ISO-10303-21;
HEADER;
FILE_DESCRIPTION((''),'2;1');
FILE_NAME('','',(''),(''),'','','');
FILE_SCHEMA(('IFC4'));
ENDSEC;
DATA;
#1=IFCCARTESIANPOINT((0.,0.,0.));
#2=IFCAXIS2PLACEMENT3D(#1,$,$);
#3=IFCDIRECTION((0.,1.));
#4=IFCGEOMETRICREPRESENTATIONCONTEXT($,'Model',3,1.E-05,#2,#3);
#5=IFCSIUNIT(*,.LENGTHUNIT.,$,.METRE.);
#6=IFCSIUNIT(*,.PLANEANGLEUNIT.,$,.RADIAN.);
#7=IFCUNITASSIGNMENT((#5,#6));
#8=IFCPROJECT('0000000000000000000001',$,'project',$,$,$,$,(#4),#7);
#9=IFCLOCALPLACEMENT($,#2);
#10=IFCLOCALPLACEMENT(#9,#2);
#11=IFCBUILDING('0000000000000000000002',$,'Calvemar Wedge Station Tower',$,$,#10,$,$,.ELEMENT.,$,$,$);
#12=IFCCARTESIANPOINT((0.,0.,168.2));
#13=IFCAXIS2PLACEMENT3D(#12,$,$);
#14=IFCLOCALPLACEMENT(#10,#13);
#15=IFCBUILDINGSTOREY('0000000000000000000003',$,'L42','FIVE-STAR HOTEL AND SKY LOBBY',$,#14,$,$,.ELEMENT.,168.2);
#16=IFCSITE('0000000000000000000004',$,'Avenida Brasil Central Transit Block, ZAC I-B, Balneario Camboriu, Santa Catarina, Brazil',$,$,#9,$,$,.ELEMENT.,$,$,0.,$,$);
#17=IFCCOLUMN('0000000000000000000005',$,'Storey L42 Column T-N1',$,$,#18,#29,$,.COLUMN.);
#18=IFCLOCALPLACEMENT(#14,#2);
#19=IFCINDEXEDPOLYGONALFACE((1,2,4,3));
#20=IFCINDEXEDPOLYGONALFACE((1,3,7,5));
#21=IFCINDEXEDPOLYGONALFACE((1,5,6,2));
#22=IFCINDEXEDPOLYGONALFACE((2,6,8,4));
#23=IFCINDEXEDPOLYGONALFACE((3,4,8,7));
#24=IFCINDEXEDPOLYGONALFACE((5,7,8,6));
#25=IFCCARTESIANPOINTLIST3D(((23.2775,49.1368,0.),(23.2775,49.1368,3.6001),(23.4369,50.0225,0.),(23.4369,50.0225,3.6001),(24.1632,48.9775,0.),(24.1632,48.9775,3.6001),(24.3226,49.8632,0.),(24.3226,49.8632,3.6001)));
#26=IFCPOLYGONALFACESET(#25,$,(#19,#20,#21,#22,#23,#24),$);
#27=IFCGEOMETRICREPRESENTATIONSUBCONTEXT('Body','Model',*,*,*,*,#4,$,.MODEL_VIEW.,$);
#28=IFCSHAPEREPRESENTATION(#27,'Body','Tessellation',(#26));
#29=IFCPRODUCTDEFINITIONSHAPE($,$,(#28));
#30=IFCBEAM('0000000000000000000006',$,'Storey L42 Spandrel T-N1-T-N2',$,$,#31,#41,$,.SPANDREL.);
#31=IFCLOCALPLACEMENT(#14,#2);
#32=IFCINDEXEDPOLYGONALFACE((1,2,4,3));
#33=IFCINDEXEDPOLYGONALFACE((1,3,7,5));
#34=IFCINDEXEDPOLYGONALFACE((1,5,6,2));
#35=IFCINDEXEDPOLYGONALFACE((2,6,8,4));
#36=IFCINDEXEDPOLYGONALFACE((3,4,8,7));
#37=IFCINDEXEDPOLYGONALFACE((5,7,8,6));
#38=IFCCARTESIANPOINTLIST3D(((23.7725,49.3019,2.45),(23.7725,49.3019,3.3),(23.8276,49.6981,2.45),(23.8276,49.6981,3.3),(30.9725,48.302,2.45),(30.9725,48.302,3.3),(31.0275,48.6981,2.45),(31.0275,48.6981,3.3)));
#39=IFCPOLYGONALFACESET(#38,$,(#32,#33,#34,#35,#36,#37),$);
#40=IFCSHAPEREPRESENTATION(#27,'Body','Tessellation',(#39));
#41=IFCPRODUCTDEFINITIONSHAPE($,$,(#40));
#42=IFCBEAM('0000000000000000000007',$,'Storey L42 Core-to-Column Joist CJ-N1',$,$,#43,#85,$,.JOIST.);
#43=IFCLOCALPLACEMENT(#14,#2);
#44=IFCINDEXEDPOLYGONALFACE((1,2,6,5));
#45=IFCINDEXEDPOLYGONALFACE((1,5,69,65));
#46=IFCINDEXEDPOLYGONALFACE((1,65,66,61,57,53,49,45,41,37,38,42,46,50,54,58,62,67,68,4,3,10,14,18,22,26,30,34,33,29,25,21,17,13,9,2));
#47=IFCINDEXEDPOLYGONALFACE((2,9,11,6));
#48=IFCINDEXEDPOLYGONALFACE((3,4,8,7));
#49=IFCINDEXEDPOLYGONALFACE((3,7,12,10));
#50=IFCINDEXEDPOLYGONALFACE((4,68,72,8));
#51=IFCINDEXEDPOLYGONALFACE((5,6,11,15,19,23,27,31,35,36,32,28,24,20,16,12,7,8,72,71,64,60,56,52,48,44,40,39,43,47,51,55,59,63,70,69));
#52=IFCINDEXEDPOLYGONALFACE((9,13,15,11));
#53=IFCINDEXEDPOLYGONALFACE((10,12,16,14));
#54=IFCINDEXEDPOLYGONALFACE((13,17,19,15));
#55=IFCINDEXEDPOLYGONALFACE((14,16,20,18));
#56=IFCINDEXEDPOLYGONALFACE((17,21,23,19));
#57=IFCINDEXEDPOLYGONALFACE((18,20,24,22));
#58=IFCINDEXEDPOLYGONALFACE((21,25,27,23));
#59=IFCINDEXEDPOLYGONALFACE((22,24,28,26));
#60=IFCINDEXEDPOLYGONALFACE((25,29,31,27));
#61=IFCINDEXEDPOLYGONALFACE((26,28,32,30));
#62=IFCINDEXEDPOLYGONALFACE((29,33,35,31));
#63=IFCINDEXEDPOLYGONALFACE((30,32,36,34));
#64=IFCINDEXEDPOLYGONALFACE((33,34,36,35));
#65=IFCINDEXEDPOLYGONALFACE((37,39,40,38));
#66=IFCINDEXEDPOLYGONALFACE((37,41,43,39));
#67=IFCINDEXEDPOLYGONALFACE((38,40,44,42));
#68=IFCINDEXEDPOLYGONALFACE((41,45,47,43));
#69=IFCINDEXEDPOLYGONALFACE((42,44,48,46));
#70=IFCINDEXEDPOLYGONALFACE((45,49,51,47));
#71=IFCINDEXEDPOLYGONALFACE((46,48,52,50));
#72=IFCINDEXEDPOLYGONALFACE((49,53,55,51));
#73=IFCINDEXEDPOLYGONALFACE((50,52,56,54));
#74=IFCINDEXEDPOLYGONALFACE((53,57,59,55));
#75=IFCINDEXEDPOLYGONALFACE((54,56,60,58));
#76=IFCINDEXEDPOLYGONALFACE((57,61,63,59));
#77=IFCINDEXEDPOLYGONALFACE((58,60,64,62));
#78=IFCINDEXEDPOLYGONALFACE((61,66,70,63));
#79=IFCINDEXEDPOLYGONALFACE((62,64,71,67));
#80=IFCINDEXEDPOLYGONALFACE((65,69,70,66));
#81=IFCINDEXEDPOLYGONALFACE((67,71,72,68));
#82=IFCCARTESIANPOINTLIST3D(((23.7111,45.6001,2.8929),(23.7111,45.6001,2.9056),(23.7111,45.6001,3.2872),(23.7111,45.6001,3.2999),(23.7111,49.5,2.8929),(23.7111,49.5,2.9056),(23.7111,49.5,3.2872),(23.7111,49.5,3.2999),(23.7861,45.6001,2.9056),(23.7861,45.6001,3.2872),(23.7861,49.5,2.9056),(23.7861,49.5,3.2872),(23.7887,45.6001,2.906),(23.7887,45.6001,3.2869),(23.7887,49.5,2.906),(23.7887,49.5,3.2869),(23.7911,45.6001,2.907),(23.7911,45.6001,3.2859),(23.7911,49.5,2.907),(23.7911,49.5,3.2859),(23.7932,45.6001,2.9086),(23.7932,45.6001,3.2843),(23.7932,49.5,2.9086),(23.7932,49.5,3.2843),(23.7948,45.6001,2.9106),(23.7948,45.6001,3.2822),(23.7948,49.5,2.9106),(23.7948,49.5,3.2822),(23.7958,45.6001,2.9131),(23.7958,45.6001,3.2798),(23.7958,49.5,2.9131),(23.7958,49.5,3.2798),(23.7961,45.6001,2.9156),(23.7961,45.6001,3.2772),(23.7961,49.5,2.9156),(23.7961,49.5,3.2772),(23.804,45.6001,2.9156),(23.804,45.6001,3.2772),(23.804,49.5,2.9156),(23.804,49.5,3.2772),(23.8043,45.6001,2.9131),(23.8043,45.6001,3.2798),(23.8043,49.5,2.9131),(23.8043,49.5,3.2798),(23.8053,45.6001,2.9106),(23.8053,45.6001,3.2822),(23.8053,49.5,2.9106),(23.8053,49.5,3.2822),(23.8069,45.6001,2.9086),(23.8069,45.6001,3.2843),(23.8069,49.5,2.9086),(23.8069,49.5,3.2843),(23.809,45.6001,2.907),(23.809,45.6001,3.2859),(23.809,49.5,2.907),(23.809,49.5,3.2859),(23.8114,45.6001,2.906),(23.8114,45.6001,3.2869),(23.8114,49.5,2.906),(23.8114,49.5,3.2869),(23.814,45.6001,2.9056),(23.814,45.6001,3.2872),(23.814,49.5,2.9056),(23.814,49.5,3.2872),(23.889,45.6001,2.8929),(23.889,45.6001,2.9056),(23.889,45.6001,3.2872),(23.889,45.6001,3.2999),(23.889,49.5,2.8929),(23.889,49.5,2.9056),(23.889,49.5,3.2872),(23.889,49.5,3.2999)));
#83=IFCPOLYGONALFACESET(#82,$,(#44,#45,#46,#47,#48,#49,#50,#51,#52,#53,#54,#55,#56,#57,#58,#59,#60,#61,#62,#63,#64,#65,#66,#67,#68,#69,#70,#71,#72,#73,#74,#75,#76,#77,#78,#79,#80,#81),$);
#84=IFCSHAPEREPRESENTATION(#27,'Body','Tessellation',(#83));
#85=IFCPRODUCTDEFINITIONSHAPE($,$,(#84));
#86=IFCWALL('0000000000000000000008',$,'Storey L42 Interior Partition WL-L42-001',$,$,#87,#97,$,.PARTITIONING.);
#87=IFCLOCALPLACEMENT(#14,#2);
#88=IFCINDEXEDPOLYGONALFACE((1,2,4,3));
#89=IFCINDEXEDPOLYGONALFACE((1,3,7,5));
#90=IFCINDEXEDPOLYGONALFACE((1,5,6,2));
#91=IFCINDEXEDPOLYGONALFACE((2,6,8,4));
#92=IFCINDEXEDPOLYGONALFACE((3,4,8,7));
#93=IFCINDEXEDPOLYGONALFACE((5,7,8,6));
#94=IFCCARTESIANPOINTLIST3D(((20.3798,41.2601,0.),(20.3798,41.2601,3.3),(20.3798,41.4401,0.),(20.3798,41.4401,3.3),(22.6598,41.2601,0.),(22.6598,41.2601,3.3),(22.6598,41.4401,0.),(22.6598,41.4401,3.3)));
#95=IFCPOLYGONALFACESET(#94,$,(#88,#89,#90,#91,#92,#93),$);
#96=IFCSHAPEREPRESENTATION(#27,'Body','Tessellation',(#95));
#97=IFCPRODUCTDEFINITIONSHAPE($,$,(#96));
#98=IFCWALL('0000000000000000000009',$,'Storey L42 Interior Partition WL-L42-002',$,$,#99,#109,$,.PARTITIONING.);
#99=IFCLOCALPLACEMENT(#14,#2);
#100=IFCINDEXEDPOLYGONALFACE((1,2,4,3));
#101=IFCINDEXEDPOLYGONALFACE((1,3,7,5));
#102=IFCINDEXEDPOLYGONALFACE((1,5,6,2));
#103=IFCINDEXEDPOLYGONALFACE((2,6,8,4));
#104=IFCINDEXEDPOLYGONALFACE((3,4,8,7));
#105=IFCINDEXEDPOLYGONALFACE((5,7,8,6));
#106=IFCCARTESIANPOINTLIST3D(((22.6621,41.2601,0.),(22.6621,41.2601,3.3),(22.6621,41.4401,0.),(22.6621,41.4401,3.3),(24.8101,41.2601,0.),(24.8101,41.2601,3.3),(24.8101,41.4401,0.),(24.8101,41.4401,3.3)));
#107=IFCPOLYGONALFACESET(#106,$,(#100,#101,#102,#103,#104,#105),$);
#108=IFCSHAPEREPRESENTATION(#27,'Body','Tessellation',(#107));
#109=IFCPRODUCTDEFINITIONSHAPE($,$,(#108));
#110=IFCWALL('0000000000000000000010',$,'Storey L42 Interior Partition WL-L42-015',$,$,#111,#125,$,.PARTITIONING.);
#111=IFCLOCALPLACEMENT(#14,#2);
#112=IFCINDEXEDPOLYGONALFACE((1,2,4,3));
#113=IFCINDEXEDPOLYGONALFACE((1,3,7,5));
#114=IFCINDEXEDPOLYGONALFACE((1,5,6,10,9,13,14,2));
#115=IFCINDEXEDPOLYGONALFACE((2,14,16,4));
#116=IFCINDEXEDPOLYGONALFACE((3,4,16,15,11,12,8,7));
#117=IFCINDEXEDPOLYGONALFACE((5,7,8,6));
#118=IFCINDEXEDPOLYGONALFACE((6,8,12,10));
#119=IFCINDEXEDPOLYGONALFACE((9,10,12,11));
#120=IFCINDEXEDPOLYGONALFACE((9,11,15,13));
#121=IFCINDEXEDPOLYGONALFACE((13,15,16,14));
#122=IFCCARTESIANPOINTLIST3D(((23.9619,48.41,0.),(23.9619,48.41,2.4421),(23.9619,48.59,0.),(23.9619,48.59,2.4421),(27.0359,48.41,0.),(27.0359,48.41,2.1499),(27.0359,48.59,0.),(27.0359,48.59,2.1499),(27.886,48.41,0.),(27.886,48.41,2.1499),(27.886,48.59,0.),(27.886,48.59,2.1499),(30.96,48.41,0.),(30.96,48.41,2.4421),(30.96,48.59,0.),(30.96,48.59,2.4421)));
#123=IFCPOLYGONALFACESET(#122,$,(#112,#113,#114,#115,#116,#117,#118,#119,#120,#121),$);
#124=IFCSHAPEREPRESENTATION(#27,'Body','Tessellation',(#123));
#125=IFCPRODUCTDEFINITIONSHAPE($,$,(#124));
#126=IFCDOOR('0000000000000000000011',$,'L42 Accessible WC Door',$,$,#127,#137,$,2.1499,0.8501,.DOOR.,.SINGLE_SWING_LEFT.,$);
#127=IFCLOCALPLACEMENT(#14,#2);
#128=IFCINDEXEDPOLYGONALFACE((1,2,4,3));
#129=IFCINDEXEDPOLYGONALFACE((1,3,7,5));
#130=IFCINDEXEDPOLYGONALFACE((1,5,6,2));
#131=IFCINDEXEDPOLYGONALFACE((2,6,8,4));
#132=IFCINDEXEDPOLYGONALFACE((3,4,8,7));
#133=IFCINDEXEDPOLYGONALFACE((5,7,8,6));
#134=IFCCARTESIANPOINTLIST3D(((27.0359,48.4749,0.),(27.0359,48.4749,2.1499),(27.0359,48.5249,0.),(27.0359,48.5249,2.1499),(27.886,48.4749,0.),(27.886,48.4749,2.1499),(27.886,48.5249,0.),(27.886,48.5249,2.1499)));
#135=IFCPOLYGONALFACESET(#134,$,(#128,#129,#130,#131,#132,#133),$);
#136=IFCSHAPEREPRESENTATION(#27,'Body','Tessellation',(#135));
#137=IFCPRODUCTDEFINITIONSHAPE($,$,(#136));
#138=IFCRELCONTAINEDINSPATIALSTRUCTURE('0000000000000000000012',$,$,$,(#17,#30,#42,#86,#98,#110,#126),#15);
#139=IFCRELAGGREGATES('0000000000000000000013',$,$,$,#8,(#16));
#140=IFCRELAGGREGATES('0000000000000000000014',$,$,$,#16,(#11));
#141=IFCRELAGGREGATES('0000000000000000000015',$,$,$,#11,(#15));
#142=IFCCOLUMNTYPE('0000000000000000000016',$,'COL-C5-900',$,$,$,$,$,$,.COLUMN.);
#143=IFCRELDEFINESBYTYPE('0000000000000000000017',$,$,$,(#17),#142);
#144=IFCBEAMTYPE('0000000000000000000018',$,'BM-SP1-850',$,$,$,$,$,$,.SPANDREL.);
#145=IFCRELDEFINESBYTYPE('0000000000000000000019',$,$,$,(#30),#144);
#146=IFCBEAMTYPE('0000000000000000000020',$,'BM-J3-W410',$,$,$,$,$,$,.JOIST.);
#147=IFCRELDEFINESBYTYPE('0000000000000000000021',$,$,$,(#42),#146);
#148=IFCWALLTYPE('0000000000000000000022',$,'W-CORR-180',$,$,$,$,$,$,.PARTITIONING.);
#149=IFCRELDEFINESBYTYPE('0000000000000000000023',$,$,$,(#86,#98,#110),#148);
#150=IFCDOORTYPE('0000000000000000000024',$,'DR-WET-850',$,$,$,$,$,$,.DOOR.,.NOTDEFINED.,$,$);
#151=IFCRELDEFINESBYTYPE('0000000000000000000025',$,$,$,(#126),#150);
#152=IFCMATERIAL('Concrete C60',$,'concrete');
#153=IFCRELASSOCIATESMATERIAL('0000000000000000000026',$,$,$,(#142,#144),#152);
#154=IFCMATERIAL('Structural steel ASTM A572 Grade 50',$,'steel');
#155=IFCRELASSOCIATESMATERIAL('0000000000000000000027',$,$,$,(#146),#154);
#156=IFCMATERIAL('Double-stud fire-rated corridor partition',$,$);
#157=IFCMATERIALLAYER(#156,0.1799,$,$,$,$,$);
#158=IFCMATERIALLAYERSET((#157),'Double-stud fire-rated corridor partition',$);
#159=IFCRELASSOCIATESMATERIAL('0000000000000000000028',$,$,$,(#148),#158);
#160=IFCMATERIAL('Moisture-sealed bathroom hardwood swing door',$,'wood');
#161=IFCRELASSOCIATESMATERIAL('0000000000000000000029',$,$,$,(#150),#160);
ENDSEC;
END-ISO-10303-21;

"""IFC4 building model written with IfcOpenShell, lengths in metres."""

from ifc_helpers import new_model, si_unit, direction, frame, frame_2d, origin, origin_2d, place, context, subcontext, project, spatial, rectangle, i_section, extrude, source, transform, mapped, material, layer, layer_set, material_profile, profile_set, type_object, element, fill, save


model = new_model("IFC4")

# Units and contexts
model_context = context("Model", 3, precision=1e-05, world=origin(), true_north=direction((0.0, 1.0)))
body_context = subcontext(model_context, "Body", "Model", "MODEL_VIEW")
ifc_project = project(units=[si_unit("LENGTHUNIT", "METRE"), si_unit("PLANEANGLEUNIT", "RADIAN")], contexts=[model_context])

# Site, building, storey
site_placement = place(None, origin())
site = spatial("IfcSite", under=ifc_project, at=site_placement, Name="Avenida Brasil Central Transit Block, ZAC I-B, Balneario Camboriu, Santa Catarina, Brazil", CompositionType="ELEMENT", RefElevation=0.0)
building_placement = place(site_placement, origin())
building = spatial("IfcBuilding", under=site, at=building_placement, Name="Calvemar Wedge Station Tower", CompositionType="ELEMENT")
storey_placement = place(building_placement, frame((0.0, 0.0, 168.2)))
storey = spatial("IfcBuildingStorey", under=building, at=storey_placement, Name="L42", Description="FIVE-STAR HOTEL AND SKY LOBBY", CompositionType="ELEMENT", Elevation=168.2)

# Column
ifc_material_1 = material(Name="Concrete C60", Category="concrete")
ifc_material_profile_1 = material_profile(ifc_material_1, rectangle(XDim=0.8999, YDim=0.8999, at=origin_2d()), Name="RC900x900")
ifc_profile_set_1 = profile_set([ifc_material_profile_1], Name="Concrete C60")
column_type = type_object("IfcColumnType", Name="COL-C5-900", PredefinedType="COLUMN", material=ifc_profile_set_1)
shared_shape_1 = source(origin(), body_context, "Body", "SweptSolid", [
    extrude(rectangle(XDim=0.8999, YDim=0.8999, at=origin_2d()), origin(), (0.0, 0.0, 1.0), 3.6001),
])
column_placement = place(storey_placement, frame((23.8, 49.5, 0.0), z_axis=(0.0, 0.0, 1.0), x_axis=(0.984196, -0.177085, 0.0)))
element("IfcColumn", 1, at=column_placement, inside=storey, type_object=column_type, Name="Storey L42 Column T-N1", PredefinedType="COLUMN", context=body_context, shape_type="MappedRepresentation", body=[
    mapped(shared_shape_1, transform((0.0, 0.0, 0.0), scale=1.0)),
])

# Beams
ifc_material_profile_2 = material_profile(ifc_material_1, rectangle(XDim=0.3999, YDim=0.8501, at=origin_2d()), Name="RC400x850")
ifc_profile_set_2 = profile_set([ifc_material_profile_2], Name="Concrete C60")
beam_type_1 = type_object("IfcBeamType", Name="BM-SP1-850", PredefinedType="SPANDREL", material=ifc_profile_set_2)
shared_shape_2 = source(origin(), body_context, "Body", "SweptSolid", [
    extrude(rectangle(XDim=0.3999, YDim=0.8501, at=origin_2d()), origin(), (0.0, 0.0, 1.0), 7.269),
])
beam_1_placement = place(storey_placement, frame((23.8, 49.5, 2.875), z_axis=(0.990492, -0.137569, 0.0), x_axis=(0.137569, 0.990492, 0.0)))
element("IfcBeam", 2, at=beam_1_placement, inside=storey, type_object=beam_type_1, Name="Storey L42 Spandrel T-N1-T-N2", PredefinedType="SPANDREL", context=body_context, shape_type="MappedRepresentation", body=[
    mapped(shared_shape_2, transform((0.0, 0.0, 0.0), scale=1.0)),
])
ifc_material_2 = material(Name="Structural steel ASTM A572 Grade 50", Category="steel")
ifc_material_profile_3 = material_profile(ifc_material_2, i_section(OverallWidth=0.178, OverallDepth=0.407, WebThickness=0.0078, FlangeThickness=0.0127, FilletRadius=0.01, at=origin_2d()), Name="W410x60")
ifc_profile_set_3 = profile_set([ifc_material_profile_3], Name="Structural steel ASTM A572 Grade 50")
beam_type_2 = type_object("IfcBeamType", Name="BM-J3-W410", PredefinedType="JOIST", material=ifc_profile_set_3)
shared_shape_3 = source(origin(), body_context, "Body", "SweptSolid", [
    extrude(i_section(OverallWidth=0.178, OverallDepth=0.407, WebThickness=0.0078, FlangeThickness=0.0127, FilletRadius=0.01, at=origin_2d()), origin(), (0.0, 0.0, 1.0), 3.8999),
])
beam_2_placement = place(storey_placement, frame((23.8, 45.6001, 3.0964), z_axis=(0.0, 1.0, 0.0), x_axis=(-1.0, 0.0, 0.0)))
element("IfcBeam", 3, at=beam_2_placement, inside=storey, type_object=beam_type_2, Name="Storey L42 Core-to-Column Joist CJ-N1", PredefinedType="JOIST", context=body_context, shape_type="MappedRepresentation", body=[
    mapped(shared_shape_3, transform((0.0, 0.0, 0.0), scale=1.0)),
])

# Walls
ifc_material_3 = material(Name="Double-stud fire-rated corridor partition")
ifc_layer_1 = layer(ifc_material_3, 0.1799)
ifc_layer_set_1 = layer_set([ifc_layer_1], Name="Double-stud fire-rated corridor partition")
wall_type_1 = type_object("IfcWallType", Name="W-CORR-180", PredefinedType="PARTITIONING", material=ifc_layer_set_1)
wall_1_placement = place(storey_placement, frame((22.6599, 41.3501, 0.0), z_axis=(0.0, 0.0, 1.0), x_axis=(-1.0, 0.0, 0.0)))
element("IfcWall", 4, at=wall_1_placement, inside=storey, type_object=wall_type_1, Name="Storey L42 Interior Partition WL-L42-001", PredefinedType="PARTITIONING", context=body_context, shape_type="SweptSolid", body=[
    extrude(rectangle(XDim=2.28, YDim=0.1799, at=frame_2d((1.1401, 0.0))), origin(), (0.0, 0.0, 1.0), 3.3),
])
wall_2_placement = place(storey_placement, frame((24.8101, 41.3501, 0.0), z_axis=(0.0, 0.0, 1.0), x_axis=(-1.0, 0.0, 0.0)))
element("IfcWall", 5, at=wall_2_placement, inside=storey, type_object=wall_type_1, Name="Storey L42 Interior Partition WL-L42-002", PredefinedType="PARTITIONING", context=body_context, shape_type="SweptSolid", body=[
    extrude(rectangle(XDim=2.1479, YDim=0.1799, at=frame_2d((1.074, 0.0))), origin(), (0.0, 0.0, 1.0), 3.3),
])

# Wall, opening, door
shared_shape_4 = source(origin(), body_context, "Body", "SweptSolid", [
    extrude(rectangle(XDim=0.8501, YDim=2.1499, at=frame_2d((0.425, 1.075))), frame((0.0, 0.1001, 0.0), z_axis=(0.0, -1.0, 0.0), x_axis=(1.0, 0.0, 0.0)), (0.0, 0.0, 1.0), 0.2),
])
wall_3_placement = place(storey_placement, frame((23.9619, 48.5, 0.0), z_axis=(0.0, 0.0, 1.0), x_axis=(1.0, 0.0, 0.0)))
wall_3 = element("IfcWall", 6, at=wall_3_placement, inside=storey, type_object=wall_type_1, Name="Storey L42 Interior Partition WL-L42-015", PredefinedType="PARTITIONING", context=body_context, shape_type="SweptSolid", body=[
    extrude(rectangle(XDim=6.998, YDim=0.1799, at=frame_2d((3.499, 0.0))), origin(), (0.0, 0.0, 1.0), 2.4421),
])
opening_1_placement = place(wall_3_placement, frame((3.074, 0.0, 0.0)))
opening_1 = element("IfcOpeningElement", 7, at=opening_1_placement, cuts=wall_3, PredefinedType="OPENING", context=body_context, shape_type="MappedRepresentation", body=[
    mapped(shared_shape_4, transform((0.0, 0.0, 0.0), scale=1.0)),
])
ifc_material_4 = material(Name="Moisture-sealed bathroom hardwood swing door", Category="wood")
door_type_1 = type_object("IfcDoorType", Name="DR-WET-850", OperationType="NOTDEFINED", PredefinedType="DOOR", material=ifc_material_4)
shared_shape_5 = source(origin(), body_context, "Body", "SweptSolid", [
    extrude(rectangle(XDim=0.8501, YDim=2.1499, at=frame_2d((0.425, 1.075))), frame((0.0, 0.0249, 0.0), z_axis=(0.0, -1.0, 0.0), x_axis=(1.0, 0.0, 0.0)), (0.0, 0.0, 1.0), 0.05),
])
door_1_placement = place(opening_1_placement, origin())
door_1 = element("IfcDoor", 8, at=door_1_placement, inside=storey, type_object=door_type_1, Name="L42 Accessible WC Door", OperationType="SINGLE_SWING_LEFT", OverallHeight=2.1499, OverallWidth=0.8501, PredefinedType="DOOR", context=body_context, shape_type="MappedRepresentation", body=[
    mapped(shared_shape_5, transform((0.0, 0.0, 0.0), scale=1.0)),
])
fill(opening_1, door_1)

save(model, "model.ifc")
